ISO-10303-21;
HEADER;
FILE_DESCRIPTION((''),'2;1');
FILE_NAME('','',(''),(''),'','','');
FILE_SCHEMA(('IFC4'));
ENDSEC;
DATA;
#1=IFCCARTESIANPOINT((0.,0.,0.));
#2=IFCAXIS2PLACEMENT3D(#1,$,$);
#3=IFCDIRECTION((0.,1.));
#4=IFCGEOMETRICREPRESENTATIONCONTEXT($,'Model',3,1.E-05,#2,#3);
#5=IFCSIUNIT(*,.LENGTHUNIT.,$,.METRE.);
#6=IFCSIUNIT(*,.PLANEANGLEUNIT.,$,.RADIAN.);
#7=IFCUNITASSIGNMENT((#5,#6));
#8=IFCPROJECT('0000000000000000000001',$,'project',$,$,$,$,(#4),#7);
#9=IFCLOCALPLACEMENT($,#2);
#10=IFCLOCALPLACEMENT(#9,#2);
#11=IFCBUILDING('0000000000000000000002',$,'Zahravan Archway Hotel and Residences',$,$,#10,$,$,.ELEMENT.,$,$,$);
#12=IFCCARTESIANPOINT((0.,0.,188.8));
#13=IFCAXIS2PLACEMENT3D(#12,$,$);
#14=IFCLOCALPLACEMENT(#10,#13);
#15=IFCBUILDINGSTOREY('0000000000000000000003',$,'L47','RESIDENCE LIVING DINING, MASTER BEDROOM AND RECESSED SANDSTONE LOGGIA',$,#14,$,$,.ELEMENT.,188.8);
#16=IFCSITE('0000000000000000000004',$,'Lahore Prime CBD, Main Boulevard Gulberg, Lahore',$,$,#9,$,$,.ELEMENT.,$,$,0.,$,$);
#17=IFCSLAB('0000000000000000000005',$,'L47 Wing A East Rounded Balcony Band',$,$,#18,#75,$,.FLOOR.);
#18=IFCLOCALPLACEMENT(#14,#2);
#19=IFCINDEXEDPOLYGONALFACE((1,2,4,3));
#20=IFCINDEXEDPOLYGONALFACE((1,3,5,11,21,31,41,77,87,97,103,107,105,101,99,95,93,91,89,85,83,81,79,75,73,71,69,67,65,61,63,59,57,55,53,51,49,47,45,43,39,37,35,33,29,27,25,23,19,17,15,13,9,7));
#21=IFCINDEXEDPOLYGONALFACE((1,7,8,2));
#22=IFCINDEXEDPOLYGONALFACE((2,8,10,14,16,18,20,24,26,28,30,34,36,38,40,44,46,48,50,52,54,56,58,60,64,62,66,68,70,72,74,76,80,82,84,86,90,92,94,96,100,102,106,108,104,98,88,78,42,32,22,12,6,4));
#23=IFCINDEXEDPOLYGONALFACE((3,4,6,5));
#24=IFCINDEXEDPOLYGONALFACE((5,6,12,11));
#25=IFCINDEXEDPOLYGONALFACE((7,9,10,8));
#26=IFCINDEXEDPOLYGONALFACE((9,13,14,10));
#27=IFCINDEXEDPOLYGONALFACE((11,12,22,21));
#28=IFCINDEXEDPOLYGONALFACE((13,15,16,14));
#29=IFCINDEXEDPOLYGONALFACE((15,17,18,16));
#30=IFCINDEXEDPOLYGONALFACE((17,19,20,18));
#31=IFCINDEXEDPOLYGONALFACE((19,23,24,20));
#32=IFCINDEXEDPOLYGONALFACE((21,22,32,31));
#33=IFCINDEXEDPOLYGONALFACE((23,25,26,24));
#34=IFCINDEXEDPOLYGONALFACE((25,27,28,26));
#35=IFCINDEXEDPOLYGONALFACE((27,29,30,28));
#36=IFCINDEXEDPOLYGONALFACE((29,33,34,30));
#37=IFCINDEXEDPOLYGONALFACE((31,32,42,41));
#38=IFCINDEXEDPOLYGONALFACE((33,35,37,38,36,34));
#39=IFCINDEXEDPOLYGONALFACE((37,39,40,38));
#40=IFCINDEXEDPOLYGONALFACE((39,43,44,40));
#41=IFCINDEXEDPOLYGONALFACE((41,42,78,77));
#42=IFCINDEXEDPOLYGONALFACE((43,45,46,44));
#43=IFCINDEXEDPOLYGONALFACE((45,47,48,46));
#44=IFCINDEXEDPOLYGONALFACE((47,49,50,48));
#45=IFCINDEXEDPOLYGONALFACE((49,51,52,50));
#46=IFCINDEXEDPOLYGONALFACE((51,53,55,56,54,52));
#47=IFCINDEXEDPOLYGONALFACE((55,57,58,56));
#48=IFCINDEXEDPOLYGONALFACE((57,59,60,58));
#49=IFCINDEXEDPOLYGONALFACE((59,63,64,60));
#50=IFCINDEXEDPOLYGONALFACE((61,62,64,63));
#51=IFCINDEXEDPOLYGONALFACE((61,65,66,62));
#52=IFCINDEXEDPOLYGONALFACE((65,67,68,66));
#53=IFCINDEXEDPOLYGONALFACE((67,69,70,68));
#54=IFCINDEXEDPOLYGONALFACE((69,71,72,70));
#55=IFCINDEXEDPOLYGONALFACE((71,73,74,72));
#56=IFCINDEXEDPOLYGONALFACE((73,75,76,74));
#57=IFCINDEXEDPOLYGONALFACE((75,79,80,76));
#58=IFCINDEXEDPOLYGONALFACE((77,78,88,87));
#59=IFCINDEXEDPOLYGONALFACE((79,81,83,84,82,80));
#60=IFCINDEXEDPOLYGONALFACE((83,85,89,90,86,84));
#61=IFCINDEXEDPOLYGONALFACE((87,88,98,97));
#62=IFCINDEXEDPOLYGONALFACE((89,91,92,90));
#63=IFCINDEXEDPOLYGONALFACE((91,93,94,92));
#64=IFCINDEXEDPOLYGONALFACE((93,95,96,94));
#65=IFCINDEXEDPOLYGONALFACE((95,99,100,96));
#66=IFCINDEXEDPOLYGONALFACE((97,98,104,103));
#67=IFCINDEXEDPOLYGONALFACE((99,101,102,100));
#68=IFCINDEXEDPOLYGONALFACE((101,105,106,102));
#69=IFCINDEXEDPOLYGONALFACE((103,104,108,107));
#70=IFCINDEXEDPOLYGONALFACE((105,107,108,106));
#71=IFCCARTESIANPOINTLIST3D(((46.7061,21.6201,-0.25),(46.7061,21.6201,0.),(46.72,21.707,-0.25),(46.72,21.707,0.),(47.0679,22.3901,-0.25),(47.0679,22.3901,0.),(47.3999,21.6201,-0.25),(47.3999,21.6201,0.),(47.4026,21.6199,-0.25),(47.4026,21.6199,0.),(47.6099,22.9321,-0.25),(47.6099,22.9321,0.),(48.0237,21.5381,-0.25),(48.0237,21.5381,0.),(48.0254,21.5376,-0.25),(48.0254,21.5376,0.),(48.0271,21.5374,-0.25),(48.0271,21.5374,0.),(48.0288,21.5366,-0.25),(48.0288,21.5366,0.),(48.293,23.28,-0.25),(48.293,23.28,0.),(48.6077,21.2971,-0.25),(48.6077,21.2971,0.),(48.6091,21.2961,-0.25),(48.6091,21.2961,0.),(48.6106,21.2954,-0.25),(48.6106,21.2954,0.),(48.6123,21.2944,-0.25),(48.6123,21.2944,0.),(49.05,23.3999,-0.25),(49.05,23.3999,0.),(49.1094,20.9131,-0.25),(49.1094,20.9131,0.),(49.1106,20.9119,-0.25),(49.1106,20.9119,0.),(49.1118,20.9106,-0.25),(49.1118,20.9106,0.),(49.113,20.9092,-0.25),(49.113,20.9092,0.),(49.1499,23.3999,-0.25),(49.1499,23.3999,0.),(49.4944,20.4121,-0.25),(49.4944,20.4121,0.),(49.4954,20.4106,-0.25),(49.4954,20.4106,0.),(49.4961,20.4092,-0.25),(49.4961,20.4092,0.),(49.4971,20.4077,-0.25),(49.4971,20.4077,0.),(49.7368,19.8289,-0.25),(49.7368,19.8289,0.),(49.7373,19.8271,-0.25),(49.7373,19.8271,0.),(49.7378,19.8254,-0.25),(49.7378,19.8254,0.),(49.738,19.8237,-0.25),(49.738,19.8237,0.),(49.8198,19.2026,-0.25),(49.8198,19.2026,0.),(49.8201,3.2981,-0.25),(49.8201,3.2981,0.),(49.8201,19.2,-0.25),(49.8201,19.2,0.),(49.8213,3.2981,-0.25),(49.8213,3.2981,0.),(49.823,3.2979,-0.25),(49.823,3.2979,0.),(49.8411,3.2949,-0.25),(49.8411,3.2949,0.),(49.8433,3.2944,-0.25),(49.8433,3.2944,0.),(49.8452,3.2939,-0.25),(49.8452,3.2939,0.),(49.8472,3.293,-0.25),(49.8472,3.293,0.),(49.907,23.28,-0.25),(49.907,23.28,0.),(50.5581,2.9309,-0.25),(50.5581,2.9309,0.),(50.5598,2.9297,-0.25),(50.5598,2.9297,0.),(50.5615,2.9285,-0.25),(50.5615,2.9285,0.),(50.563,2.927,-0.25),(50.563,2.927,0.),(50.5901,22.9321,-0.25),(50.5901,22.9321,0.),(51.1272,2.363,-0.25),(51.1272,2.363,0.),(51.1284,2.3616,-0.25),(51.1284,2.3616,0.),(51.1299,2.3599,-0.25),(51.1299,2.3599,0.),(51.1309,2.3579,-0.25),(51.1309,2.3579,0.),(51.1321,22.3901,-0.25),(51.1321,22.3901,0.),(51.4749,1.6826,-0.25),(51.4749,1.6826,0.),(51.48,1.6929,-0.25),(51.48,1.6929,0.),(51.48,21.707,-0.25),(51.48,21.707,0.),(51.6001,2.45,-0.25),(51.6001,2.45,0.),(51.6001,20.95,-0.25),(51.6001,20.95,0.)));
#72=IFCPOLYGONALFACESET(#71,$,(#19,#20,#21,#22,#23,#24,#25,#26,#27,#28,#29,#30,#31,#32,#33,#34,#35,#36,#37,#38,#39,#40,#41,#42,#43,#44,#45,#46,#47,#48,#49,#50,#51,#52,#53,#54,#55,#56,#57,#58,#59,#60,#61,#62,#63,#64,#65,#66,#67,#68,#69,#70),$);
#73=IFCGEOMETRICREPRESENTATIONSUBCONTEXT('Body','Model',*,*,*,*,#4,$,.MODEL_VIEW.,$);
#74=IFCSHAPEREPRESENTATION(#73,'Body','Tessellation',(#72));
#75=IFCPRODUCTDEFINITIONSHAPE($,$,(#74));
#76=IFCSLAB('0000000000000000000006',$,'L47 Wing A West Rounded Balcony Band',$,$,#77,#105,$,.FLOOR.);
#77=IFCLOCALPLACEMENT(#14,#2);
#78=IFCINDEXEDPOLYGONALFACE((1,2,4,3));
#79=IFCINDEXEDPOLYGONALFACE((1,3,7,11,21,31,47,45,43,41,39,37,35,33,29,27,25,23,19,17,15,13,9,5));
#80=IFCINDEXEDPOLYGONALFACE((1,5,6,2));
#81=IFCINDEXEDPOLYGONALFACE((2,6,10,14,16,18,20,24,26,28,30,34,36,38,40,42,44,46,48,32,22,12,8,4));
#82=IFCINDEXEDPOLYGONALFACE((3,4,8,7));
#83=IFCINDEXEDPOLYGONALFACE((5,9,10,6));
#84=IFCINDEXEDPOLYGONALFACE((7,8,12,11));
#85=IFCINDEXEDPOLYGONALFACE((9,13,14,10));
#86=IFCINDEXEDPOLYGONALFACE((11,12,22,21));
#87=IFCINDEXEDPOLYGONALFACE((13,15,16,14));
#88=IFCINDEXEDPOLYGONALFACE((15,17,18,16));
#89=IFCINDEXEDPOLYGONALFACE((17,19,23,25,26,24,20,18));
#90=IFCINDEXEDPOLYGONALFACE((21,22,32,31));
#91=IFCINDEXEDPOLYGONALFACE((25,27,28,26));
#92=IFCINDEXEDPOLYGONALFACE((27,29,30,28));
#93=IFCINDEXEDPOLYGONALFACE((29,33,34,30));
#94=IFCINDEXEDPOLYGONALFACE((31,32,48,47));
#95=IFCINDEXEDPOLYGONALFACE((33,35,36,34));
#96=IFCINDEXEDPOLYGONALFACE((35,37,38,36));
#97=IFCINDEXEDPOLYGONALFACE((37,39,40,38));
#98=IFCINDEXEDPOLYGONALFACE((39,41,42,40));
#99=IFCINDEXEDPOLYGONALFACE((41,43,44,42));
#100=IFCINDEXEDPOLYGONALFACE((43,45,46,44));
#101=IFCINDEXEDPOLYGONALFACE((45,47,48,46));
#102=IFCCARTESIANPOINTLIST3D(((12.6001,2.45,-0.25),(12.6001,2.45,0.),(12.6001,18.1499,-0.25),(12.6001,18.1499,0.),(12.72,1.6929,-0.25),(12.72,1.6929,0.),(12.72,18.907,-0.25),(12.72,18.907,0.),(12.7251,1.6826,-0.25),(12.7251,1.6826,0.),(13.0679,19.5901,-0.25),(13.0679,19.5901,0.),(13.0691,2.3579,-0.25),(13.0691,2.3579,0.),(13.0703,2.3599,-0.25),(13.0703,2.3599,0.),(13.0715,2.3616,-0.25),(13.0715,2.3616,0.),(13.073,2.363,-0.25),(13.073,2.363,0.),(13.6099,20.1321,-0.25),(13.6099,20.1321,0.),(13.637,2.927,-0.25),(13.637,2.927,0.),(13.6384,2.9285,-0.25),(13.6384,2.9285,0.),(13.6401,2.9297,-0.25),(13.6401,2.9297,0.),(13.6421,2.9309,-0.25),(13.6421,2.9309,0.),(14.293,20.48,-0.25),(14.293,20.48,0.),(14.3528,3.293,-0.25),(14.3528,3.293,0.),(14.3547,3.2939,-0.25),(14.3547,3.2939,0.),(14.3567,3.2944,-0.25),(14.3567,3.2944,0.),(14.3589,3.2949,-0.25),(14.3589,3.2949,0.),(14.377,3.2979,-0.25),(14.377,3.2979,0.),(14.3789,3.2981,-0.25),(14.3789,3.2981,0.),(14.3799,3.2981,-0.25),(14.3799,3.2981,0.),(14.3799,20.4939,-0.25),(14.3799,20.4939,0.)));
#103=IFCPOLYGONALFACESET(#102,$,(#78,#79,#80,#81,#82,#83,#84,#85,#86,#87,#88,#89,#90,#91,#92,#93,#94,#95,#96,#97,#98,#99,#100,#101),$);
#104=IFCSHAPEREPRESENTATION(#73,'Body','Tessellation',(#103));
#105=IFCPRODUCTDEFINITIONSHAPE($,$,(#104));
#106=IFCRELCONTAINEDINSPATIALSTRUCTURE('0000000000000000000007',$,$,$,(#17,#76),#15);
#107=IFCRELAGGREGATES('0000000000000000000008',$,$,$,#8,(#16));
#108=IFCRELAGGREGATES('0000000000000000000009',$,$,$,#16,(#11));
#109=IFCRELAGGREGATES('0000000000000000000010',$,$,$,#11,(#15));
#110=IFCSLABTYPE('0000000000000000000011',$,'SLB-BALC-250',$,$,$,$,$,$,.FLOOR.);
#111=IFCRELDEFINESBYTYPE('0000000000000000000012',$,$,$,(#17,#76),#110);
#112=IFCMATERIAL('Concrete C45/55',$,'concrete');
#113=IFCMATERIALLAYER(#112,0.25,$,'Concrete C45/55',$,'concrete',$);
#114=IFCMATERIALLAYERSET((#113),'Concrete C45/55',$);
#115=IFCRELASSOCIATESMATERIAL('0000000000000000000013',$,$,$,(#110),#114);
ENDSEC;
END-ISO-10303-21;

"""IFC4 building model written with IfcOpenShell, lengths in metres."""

from ifc_helpers import new_model, si_unit, direction, frame, origin, place, context, subcontext, project, spatial, polyline, outline, extrude, material, layer, layer_set, type_object, element, save


model = new_model("IFC4")

# Units and contexts
model_context = context("Model", 3, precision=1e-05, world=origin(), true_north=direction((0.0, 1.0)))
body_context = subcontext(model_context, "Body", "Model", "MODEL_VIEW")
ifc_project = project(units=[si_unit("LENGTHUNIT", "METRE"), si_unit("PLANEANGLEUNIT", "RADIAN")], contexts=[model_context])

# Site, building, storey
site_placement = place(None, origin())
site = spatial("IfcSite", under=ifc_project, at=site_placement, Name="Lahore Prime CBD, Main Boulevard Gulberg, Lahore", CompositionType="ELEMENT", RefElevation=0.0)
building_placement = place(site_placement, origin())
building = spatial("IfcBuilding", under=site, at=building_placement, Name="Zahravan Archway Hotel and Residences", CompositionType="ELEMENT")
storey_placement = place(building_placement, frame((0.0, 0.0, 188.8)))
storey = spatial("IfcBuildingStorey", under=building, at=storey_placement, Name="L47", Description="RESIDENCE LIVING DINING, MASTER BEDROOM AND RECESSED SANDSTONE LOGGIA", CompositionType="ELEMENT", Elevation=188.8)

# Slabs
ifc_material_1 = material(Name="Concrete C45/55", Category="concrete")
ifc_layer_1 = layer(ifc_material_1, 0.25, Name="Concrete C45/55", Category="concrete")
ifc_layer_set_1 = layer_set([ifc_layer_1], Name="Concrete C45/55")
slab_type_1 = type_object("IfcSlabType", Name="SLB-BALC-250", PredefinedType="FLOOR", material=ifc_layer_set_1)
slab_1_placement = place(storey_placement, frame((0.0, 0.0, -0.25)))
element("IfcSlab", 1, at=slab_1_placement, inside=storey, type_object=slab_type_1, Name="L47 Wing A East Rounded Balcony Band", PredefinedType="FLOOR", context=body_context, shape_type="SweptSolid", body=[
    extrude(outline(polyline([(46.72, 21.707), (47.0679, 22.3901), (47.6099, 22.9321), (48.293, 23.28), (49.05, 23.3999), (49.1499, 23.3999), (49.907, 23.28), (50.5901, 22.9321), (51.1321, 22.3901), (51.48, 21.707), (51.6001, 20.95), (51.6001, 2.45), (51.48, 1.6929), (51.4749, 1.6826), (51.1309, 2.3579), (51.1299, 2.3599), (51.1284, 2.3616), (51.1272, 2.363), (50.563, 2.927), (50.5615, 2.9285), (50.5598, 2.9297), (50.5581, 2.9309), (49.8472, 3.293), (49.8452, 3.2939), (49.8433, 3.2944), (49.8411, 3.2949), (49.823, 3.2979), (49.8213, 3.2981), (49.8201, 3.2981), (49.8201, 19.2), (49.8198, 19.2026), (49.738, 19.8237), (49.7378, 19.8254), (49.7373, 19.8271), (49.7368, 19.8289), (49.4971, 20.4077), (49.4961, 20.4092), (49.4954, 20.4106), (49.4944, 20.4121), (49.113, 20.9092), (49.1118, 20.9106), (49.1106, 20.9119), (49.1094, 20.9131), (48.6123, 21.2944), (48.6106, 21.2954), (48.6091, 21.2961), (48.6077, 21.2971), (48.0288, 21.5366), (48.0271, 21.5374), (48.0254, 21.5376), (48.0237, 21.5381), (47.4026, 21.6199), (47.3999, 21.6201), (46.7061, 21.6201), (46.72, 21.707)])), origin(), (0.0, 0.0, 1.0), 0.25),
])
slab_2_placement = place(storey_placement, frame((0.0, 0.0, -0.25)))
element("IfcSlab", 2, at=slab_2_placement, inside=storey, type_object=slab_type_1, Name="L47 Wing A West Rounded Balcony Band", PredefinedType="FLOOR", context=body_context, shape_type="SweptSolid", body=[
    extrude(outline(polyline([(12.72, 1.6929), (12.6001, 2.45), (12.6001, 18.1499), (12.72, 18.907), (13.0679, 19.5901), (13.6099, 20.1321), (14.293, 20.48), (14.3799, 20.4939), (14.3799, 3.2981), (14.3789, 3.2981), (14.377, 3.2979), (14.3589, 3.2949), (14.3567, 3.2944), (14.3547, 3.2939), (14.3528, 3.293), (13.6421, 2.9309), (13.6401, 2.9297), (13.6384, 2.9285), (13.637, 2.927), (13.073, 2.363), (13.0715, 2.3616), (13.0703, 2.3599), (13.0691, 2.3579), (12.7251, 1.6826), (12.72, 1.6929)])), origin(), (0.0, 0.0, 1.0), 0.25),
])

save(model, "model.ifc")
